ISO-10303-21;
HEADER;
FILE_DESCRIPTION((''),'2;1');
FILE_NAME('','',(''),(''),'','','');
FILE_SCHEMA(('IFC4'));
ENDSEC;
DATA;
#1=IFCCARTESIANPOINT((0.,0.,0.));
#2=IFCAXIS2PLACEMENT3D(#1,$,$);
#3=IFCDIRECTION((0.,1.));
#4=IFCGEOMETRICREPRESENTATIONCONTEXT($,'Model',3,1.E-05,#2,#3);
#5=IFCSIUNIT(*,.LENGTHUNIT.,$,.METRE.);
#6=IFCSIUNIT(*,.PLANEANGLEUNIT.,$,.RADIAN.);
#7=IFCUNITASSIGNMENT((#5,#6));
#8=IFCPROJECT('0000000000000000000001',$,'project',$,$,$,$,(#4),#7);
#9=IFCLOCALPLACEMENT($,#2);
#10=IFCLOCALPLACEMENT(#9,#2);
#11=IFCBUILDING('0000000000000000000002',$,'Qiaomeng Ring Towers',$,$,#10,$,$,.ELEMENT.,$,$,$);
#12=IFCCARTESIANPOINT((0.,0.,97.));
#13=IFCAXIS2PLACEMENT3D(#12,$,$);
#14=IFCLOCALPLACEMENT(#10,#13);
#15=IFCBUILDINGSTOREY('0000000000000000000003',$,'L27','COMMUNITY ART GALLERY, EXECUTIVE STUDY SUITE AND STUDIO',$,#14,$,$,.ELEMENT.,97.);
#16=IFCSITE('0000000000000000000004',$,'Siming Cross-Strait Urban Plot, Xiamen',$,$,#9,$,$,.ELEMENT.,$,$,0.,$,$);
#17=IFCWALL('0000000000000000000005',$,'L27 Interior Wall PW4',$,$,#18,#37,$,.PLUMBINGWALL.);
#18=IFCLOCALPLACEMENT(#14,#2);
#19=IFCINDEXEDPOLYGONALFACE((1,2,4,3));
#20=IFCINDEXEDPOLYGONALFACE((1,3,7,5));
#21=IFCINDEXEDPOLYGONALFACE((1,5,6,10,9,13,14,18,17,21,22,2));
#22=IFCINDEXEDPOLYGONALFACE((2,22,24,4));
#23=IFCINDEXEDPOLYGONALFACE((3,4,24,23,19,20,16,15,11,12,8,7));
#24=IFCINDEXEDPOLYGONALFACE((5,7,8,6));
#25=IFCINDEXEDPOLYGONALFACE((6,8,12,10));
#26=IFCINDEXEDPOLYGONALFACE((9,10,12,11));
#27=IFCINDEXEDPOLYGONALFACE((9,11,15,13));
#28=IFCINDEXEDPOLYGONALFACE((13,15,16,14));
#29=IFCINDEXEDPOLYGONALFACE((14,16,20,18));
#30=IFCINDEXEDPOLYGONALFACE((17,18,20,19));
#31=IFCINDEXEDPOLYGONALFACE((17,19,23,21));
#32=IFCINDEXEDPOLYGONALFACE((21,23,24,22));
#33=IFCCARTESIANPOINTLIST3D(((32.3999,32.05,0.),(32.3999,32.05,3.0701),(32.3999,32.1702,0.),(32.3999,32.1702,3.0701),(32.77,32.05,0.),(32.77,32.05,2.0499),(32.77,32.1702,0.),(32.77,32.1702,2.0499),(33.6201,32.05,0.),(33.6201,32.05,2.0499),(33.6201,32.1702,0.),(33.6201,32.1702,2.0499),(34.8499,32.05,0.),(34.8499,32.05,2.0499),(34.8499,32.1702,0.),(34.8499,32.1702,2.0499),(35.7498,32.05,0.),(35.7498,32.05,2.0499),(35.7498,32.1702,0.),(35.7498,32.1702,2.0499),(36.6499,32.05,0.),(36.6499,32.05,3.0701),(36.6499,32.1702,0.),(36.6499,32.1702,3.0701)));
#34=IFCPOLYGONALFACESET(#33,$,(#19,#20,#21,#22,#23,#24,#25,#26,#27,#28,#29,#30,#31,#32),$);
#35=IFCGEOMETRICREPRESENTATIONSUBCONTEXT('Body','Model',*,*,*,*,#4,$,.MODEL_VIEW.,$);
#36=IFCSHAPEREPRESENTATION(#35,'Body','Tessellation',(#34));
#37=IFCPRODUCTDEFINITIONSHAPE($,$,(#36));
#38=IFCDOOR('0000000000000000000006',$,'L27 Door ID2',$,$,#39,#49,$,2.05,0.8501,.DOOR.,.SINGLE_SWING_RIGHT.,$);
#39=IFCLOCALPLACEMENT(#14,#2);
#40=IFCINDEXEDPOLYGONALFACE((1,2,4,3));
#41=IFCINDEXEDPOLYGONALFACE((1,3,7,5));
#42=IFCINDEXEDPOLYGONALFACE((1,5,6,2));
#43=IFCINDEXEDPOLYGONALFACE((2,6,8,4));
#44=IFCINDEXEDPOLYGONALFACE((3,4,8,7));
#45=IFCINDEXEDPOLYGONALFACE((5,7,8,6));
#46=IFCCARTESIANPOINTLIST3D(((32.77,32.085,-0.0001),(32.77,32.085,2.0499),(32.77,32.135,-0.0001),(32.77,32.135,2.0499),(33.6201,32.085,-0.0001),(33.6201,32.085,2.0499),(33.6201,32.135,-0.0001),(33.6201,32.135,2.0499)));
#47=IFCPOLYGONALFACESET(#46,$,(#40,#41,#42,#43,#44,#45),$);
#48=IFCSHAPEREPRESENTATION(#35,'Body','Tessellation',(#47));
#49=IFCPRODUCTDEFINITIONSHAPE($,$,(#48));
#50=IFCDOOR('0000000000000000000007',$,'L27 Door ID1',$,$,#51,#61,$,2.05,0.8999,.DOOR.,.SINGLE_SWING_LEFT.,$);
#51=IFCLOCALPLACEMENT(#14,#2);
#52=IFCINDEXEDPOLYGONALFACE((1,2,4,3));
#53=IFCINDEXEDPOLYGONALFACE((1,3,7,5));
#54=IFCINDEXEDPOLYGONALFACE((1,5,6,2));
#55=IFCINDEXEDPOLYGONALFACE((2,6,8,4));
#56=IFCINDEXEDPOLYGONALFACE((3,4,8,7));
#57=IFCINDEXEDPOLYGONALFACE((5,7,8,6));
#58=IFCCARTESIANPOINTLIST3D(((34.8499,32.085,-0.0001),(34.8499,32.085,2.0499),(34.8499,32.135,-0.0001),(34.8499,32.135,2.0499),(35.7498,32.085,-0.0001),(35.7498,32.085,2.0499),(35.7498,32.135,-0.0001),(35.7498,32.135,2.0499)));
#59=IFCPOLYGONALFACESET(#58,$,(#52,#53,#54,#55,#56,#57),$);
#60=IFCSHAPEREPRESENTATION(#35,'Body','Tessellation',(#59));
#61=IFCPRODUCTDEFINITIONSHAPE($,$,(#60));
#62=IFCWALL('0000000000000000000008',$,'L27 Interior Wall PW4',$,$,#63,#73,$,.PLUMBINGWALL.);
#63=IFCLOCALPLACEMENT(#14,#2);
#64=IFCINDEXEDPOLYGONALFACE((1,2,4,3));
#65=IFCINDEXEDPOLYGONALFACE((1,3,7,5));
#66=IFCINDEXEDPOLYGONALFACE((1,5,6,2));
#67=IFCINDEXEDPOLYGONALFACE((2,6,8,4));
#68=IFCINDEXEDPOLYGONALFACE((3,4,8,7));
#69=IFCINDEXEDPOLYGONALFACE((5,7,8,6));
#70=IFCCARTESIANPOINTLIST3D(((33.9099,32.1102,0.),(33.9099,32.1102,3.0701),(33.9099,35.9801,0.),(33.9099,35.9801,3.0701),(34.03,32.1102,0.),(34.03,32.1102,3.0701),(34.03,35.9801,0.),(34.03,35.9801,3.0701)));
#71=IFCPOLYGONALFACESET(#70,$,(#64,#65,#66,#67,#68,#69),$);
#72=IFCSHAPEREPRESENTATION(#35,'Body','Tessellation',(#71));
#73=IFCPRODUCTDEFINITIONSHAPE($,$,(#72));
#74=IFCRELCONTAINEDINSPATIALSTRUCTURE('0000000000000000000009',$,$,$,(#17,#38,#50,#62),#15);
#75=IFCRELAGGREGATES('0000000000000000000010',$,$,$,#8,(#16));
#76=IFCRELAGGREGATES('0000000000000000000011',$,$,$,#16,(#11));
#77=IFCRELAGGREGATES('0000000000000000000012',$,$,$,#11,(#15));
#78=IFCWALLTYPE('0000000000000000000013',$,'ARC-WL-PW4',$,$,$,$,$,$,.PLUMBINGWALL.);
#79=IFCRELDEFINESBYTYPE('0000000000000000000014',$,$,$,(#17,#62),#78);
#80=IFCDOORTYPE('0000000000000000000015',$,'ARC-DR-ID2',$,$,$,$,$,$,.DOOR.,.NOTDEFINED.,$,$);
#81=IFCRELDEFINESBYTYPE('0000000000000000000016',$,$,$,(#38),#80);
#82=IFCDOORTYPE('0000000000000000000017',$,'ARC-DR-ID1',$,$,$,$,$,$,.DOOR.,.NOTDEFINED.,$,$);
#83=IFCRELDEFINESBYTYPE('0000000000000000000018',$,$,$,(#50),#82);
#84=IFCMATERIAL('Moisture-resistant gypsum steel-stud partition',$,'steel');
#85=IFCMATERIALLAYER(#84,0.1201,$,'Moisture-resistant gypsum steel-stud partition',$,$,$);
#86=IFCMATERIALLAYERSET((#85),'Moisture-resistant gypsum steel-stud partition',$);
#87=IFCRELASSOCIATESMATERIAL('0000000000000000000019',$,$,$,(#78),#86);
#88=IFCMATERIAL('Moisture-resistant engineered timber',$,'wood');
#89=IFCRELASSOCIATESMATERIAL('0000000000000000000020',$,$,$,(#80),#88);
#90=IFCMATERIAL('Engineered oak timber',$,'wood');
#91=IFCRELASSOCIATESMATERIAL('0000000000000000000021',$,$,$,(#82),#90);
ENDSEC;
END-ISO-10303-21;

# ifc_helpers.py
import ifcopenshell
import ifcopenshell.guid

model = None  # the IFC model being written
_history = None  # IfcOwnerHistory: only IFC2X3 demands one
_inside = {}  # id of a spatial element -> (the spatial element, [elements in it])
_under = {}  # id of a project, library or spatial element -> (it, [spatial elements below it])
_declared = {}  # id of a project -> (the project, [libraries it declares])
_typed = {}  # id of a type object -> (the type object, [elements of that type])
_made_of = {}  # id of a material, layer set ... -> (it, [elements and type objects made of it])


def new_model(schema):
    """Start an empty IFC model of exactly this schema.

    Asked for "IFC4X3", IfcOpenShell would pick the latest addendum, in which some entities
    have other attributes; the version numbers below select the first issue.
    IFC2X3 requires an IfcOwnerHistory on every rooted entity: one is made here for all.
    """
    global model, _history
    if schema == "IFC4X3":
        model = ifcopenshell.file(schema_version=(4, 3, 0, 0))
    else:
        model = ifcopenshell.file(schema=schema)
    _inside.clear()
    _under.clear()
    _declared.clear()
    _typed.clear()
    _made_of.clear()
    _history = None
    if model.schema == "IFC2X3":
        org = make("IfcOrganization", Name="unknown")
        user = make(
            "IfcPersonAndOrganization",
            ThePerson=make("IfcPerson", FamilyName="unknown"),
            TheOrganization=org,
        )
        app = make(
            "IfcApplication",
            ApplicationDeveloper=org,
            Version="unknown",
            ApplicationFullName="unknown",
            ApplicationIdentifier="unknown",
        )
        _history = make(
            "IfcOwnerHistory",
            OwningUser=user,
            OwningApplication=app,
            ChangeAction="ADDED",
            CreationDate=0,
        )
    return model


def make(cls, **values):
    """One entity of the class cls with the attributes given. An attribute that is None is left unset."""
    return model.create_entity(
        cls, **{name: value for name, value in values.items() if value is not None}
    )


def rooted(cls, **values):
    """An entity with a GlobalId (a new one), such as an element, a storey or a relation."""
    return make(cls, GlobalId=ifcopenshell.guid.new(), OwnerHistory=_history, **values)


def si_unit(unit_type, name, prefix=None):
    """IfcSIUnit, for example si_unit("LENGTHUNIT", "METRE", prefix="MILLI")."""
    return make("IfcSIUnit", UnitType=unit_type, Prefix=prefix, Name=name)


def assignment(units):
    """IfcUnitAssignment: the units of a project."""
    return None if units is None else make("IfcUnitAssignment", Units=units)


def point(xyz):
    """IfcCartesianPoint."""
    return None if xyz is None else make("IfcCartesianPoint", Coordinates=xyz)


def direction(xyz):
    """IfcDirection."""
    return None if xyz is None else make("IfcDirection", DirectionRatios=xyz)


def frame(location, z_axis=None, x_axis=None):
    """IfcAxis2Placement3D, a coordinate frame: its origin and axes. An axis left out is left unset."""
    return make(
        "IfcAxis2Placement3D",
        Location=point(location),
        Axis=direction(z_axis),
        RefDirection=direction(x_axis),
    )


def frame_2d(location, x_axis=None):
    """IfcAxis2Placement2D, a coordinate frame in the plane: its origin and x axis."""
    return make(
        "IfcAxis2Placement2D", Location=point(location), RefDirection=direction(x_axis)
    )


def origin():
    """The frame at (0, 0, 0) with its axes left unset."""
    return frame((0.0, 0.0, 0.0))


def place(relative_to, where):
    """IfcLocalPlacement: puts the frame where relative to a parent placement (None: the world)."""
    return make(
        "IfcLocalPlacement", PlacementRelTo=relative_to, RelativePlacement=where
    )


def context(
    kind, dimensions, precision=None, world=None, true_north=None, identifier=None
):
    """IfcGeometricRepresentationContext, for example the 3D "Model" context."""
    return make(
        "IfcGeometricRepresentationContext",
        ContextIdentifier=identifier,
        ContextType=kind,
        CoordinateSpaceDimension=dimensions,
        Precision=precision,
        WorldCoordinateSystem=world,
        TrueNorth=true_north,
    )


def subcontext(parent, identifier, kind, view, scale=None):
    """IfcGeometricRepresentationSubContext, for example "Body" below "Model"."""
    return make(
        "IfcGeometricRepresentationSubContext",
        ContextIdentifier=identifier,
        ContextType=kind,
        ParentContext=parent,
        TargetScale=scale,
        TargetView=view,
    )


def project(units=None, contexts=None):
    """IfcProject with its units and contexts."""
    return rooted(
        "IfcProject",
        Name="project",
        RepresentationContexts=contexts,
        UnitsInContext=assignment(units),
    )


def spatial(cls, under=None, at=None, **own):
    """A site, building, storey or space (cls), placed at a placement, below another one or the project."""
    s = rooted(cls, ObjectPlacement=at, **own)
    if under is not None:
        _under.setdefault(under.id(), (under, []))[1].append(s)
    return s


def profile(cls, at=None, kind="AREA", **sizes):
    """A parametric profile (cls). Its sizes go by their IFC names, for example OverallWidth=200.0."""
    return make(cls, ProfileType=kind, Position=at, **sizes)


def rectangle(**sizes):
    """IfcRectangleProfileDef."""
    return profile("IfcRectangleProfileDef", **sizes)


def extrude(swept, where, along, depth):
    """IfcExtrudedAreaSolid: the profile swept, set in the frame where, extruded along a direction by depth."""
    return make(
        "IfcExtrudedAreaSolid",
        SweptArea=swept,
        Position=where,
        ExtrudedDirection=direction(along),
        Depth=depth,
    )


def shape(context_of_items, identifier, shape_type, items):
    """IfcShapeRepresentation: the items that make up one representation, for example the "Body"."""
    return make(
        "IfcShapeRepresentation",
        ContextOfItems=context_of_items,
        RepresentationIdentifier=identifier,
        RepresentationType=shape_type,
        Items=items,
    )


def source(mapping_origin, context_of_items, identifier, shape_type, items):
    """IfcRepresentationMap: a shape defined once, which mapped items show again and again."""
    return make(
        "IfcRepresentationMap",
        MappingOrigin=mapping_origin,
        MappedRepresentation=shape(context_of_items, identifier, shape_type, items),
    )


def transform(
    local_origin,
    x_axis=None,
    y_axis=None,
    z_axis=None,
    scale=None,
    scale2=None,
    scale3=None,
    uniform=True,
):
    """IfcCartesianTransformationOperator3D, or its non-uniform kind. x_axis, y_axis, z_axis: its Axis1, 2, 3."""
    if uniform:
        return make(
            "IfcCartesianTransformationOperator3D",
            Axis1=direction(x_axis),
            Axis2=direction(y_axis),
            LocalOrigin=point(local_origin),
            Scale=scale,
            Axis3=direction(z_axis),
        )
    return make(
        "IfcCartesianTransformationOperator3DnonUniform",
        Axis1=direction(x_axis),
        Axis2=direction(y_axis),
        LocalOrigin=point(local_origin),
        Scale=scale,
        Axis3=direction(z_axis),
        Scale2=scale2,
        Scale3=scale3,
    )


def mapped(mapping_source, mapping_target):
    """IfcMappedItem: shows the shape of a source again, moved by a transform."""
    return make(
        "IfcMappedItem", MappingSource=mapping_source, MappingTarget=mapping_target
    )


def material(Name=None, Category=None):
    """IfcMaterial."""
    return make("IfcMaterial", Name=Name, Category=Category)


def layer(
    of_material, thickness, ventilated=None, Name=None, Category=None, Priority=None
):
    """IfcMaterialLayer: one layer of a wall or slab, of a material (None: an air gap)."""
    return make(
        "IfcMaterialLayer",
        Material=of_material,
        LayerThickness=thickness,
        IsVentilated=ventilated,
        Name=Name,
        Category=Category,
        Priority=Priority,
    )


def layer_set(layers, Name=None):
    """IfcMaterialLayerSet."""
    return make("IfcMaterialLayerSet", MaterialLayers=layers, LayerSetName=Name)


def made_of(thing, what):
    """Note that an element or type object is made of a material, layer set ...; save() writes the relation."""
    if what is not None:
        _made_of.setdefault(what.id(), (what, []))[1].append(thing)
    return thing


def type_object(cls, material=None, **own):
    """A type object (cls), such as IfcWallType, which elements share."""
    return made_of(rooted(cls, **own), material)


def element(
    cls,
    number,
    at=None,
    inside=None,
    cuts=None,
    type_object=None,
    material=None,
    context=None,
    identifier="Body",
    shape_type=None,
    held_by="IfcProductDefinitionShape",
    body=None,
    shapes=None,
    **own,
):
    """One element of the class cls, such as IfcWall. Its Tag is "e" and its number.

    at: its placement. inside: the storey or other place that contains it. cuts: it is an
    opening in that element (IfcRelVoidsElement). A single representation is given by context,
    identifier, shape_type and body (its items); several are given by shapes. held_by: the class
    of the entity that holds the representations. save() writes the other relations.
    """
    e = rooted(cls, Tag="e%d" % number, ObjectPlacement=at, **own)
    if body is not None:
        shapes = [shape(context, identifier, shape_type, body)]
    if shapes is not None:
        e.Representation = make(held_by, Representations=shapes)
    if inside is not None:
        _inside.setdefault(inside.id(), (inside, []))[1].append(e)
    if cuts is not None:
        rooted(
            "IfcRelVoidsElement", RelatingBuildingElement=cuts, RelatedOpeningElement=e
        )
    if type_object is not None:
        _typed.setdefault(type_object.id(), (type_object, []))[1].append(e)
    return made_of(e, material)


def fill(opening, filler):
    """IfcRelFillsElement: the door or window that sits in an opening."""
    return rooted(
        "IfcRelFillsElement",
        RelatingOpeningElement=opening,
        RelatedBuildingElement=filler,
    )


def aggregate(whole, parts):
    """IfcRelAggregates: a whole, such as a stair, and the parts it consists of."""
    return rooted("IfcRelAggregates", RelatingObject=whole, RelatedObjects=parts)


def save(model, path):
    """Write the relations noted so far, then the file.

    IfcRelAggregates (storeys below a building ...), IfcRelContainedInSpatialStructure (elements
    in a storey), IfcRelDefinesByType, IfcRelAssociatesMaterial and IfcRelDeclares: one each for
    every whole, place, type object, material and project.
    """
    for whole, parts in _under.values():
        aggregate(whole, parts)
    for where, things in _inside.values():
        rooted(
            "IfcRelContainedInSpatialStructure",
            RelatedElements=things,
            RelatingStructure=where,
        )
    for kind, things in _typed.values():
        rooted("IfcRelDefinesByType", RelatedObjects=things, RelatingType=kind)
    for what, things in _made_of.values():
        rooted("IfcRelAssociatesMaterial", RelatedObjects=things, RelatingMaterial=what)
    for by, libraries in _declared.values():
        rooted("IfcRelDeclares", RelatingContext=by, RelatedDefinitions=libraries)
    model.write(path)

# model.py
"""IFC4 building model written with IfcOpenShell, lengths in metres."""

from ifc_helpers import new_model, si_unit, direction, frame, frame_2d, origin, place, context, subcontext, project, spatial, rectangle, extrude, source, transform, mapped, material, layer, layer_set, type_object, element, fill, save


model = new_model("IFC4")

# Units and contexts
model_context = context("Model", 3, precision=1e-05, world=origin(), true_north=direction((0.0, 1.0)))
body_context = subcontext(model_context, "Body", "Model", "MODEL_VIEW")
ifc_project = project(units=[si_unit("LENGTHUNIT", "METRE"), si_unit("PLANEANGLEUNIT", "RADIAN")], contexts=[model_context])

# Site, building, storey
site_placement = place(None, origin())
site = spatial("IfcSite", under=ifc_project, at=site_placement, Name="Siming Cross-Strait Urban Plot, Xiamen", CompositionType="ELEMENT", RefElevation=0.0)
building_placement = place(site_placement, origin())
building = spatial("IfcBuilding", under=site, at=building_placement, Name="Qiaomeng Ring Towers", CompositionType="ELEMENT")
storey_placement = place(building_placement, frame((0.0, 0.0, 97.0)))
storey = spatial("IfcBuildingStorey", under=building, at=storey_placement, Name="L27", Description="COMMUNITY ART GALLERY, EXECUTIVE STUDY SUITE AND STUDIO", CompositionType="ELEMENT", Elevation=97.0)

# Shared definitions
ifc_material_1 = material(Name="Moisture-resistant gypsum steel-stud partition", Category="steel")
ifc_layer_1 = layer(ifc_material_1, 0.1201, Name="Moisture-resistant gypsum steel-stud partition")
ifc_layer_set_1 = layer_set([ifc_layer_1], Name="Moisture-resistant gypsum steel-stud partition")
wall_type_1 = type_object("IfcWallType", Name="ARC-WL-PW4", PredefinedType="PLUMBINGWALL", material=ifc_layer_set_1)
ifc_material_2 = material(Name="Moisture-resistant engineered timber", Category="wood")
door_type_1 = type_object("IfcDoorType", Name="ARC-DR-ID2", OperationType="NOTDEFINED", PredefinedType="DOOR", material=ifc_material_2)
shared_shape_1 = source(origin(), body_context, "Body", "SweptSolid", [
    extrude(rectangle(XDim=0.8501, YDim=2.05, at=frame_2d((0.425, 1.0249))), frame((0.0, 0.0249, 0.0), z_axis=(0.0, -1.0, 0.0), x_axis=(1.0, 0.0, 0.0)), (0.0, 0.0, 1.0), 0.05),
])
ifc_material_3 = material(Name="Engineered oak timber", Category="wood")
door_type_2 = type_object("IfcDoorType", Name="ARC-DR-ID1", OperationType="NOTDEFINED", PredefinedType="DOOR", material=ifc_material_3)
shared_shape_2 = source(origin(), body_context, "Body", "SweptSolid", [
    extrude(rectangle(XDim=0.8999, YDim=2.05, at=frame_2d((0.45, 1.0249))), frame((0.0, 0.0249, 0.0), z_axis=(0.0, -1.0, 0.0), x_axis=(1.0, 0.0, 0.0)), (0.0, 0.0, 1.0), 0.05),
])

# Wall, openings, doors
wall_1_placement = place(storey_placement, frame((32.3999, 32.1101, 0.0), z_axis=(0.0, 0.0, 1.0), x_axis=(1.0, 0.0, 0.0)))
wall_1 = element("IfcWall", 1, at=wall_1_placement, inside=storey, type_object=wall_type_1, Name="L27 Interior Wall PW4", PredefinedType="PLUMBINGWALL", context=body_context, shape_type="SweptSolid", body=[
    extrude(rectangle(XDim=4.25, YDim=0.1201, at=frame_2d((2.125, 0.0))), origin(), (0.0, 0.0, 1.0), 3.0701),
])
opening_1_placement = place(wall_1_placement, frame((0.3701, 0.0, 0.0)))
opening_1 = element("IfcOpeningElement", 2, at=opening_1_placement, cuts=wall_1, PredefinedType="OPENING", context=body_context, shape_type="SweptSolid", body=[
    extrude(rectangle(XDim=0.8501, YDim=2.05, at=frame_2d((0.425, 1.0249))), frame((0.0, 0.0701, 0.0), z_axis=(0.0, -1.0, 0.0), x_axis=(1.0, 0.0, 0.0)), (0.0, 0.0, 1.0), 0.1401),
])
opening_2_placement = place(wall_1_placement, frame((2.45, 0.0, 0.0)))
opening_2 = element("IfcOpeningElement", 3, at=opening_2_placement, cuts=wall_1, PredefinedType="OPENING", context=body_context, shape_type="SweptSolid", body=[
    extrude(rectangle(XDim=0.8999, YDim=2.05, at=frame_2d((0.45, 1.0249))), frame((0.0, 0.0701, 0.0), z_axis=(0.0, -1.0, 0.0), x_axis=(1.0, 0.0, 0.0)), (0.0, 0.0, 1.0), 0.1401),
])
door_1_placement = place(opening_1_placement, origin())
door_1 = element("IfcDoor", 4, at=door_1_placement, inside=storey, type_object=door_type_1, Name="L27 Door ID2", OperationType="SINGLE_SWING_RIGHT", OverallHeight=2.05, OverallWidth=0.8501, PredefinedType="DOOR", context=body_context, shape_type="MappedRepresentation", body=[
    mapped(shared_shape_1, transform((0.0, 0.0, 0.0), x_axis=(1.0, 0.0, 0.0), y_axis=(0.0, 1.0, 0.0), z_axis=(0.0, 0.0, 1.0), scale=1.0)),
])
fill(opening_1, door_1)
door_2_placement = place(opening_2_placement, origin())
door_2 = element("IfcDoor", 5, at=door_2_placement, inside=storey, type_object=door_type_2, Name="L27 Door ID1", OperationType="SINGLE_SWING_LEFT", OverallHeight=2.05, OverallWidth=0.8999, PredefinedType="DOOR", context=body_context, shape_type="MappedRepresentation", body=[
    mapped(shared_shape_2, transform((0.0, 0.0, 0.0), x_axis=(1.0, 0.0, 0.0), y_axis=(0.0, 1.0, 0.0), z_axis=(0.0, 0.0, 1.0), scale=1.0)),
])
fill(opening_2, door_2)

# Wall
wall_2_placement = place(storey_placement, frame((33.97, 32.1101, 0.0), z_axis=(0.0, 0.0, 1.0), x_axis=(0.0, 1.0, 0.0)))
element("IfcWall", 6, at=wall_2_placement, inside=storey, type_object=wall_type_1, Name="L27 Interior Wall PW4", PredefinedType="PLUMBINGWALL", context=body_context, shape_type="SweptSolid", body=[
    extrude(rectangle(XDim=3.8699, YDim=0.1201, at=frame_2d((1.9351, 0.0))), origin(), (0.0, 0.0, 1.0), 3.0701),
])

save(model, "model.ifc")
